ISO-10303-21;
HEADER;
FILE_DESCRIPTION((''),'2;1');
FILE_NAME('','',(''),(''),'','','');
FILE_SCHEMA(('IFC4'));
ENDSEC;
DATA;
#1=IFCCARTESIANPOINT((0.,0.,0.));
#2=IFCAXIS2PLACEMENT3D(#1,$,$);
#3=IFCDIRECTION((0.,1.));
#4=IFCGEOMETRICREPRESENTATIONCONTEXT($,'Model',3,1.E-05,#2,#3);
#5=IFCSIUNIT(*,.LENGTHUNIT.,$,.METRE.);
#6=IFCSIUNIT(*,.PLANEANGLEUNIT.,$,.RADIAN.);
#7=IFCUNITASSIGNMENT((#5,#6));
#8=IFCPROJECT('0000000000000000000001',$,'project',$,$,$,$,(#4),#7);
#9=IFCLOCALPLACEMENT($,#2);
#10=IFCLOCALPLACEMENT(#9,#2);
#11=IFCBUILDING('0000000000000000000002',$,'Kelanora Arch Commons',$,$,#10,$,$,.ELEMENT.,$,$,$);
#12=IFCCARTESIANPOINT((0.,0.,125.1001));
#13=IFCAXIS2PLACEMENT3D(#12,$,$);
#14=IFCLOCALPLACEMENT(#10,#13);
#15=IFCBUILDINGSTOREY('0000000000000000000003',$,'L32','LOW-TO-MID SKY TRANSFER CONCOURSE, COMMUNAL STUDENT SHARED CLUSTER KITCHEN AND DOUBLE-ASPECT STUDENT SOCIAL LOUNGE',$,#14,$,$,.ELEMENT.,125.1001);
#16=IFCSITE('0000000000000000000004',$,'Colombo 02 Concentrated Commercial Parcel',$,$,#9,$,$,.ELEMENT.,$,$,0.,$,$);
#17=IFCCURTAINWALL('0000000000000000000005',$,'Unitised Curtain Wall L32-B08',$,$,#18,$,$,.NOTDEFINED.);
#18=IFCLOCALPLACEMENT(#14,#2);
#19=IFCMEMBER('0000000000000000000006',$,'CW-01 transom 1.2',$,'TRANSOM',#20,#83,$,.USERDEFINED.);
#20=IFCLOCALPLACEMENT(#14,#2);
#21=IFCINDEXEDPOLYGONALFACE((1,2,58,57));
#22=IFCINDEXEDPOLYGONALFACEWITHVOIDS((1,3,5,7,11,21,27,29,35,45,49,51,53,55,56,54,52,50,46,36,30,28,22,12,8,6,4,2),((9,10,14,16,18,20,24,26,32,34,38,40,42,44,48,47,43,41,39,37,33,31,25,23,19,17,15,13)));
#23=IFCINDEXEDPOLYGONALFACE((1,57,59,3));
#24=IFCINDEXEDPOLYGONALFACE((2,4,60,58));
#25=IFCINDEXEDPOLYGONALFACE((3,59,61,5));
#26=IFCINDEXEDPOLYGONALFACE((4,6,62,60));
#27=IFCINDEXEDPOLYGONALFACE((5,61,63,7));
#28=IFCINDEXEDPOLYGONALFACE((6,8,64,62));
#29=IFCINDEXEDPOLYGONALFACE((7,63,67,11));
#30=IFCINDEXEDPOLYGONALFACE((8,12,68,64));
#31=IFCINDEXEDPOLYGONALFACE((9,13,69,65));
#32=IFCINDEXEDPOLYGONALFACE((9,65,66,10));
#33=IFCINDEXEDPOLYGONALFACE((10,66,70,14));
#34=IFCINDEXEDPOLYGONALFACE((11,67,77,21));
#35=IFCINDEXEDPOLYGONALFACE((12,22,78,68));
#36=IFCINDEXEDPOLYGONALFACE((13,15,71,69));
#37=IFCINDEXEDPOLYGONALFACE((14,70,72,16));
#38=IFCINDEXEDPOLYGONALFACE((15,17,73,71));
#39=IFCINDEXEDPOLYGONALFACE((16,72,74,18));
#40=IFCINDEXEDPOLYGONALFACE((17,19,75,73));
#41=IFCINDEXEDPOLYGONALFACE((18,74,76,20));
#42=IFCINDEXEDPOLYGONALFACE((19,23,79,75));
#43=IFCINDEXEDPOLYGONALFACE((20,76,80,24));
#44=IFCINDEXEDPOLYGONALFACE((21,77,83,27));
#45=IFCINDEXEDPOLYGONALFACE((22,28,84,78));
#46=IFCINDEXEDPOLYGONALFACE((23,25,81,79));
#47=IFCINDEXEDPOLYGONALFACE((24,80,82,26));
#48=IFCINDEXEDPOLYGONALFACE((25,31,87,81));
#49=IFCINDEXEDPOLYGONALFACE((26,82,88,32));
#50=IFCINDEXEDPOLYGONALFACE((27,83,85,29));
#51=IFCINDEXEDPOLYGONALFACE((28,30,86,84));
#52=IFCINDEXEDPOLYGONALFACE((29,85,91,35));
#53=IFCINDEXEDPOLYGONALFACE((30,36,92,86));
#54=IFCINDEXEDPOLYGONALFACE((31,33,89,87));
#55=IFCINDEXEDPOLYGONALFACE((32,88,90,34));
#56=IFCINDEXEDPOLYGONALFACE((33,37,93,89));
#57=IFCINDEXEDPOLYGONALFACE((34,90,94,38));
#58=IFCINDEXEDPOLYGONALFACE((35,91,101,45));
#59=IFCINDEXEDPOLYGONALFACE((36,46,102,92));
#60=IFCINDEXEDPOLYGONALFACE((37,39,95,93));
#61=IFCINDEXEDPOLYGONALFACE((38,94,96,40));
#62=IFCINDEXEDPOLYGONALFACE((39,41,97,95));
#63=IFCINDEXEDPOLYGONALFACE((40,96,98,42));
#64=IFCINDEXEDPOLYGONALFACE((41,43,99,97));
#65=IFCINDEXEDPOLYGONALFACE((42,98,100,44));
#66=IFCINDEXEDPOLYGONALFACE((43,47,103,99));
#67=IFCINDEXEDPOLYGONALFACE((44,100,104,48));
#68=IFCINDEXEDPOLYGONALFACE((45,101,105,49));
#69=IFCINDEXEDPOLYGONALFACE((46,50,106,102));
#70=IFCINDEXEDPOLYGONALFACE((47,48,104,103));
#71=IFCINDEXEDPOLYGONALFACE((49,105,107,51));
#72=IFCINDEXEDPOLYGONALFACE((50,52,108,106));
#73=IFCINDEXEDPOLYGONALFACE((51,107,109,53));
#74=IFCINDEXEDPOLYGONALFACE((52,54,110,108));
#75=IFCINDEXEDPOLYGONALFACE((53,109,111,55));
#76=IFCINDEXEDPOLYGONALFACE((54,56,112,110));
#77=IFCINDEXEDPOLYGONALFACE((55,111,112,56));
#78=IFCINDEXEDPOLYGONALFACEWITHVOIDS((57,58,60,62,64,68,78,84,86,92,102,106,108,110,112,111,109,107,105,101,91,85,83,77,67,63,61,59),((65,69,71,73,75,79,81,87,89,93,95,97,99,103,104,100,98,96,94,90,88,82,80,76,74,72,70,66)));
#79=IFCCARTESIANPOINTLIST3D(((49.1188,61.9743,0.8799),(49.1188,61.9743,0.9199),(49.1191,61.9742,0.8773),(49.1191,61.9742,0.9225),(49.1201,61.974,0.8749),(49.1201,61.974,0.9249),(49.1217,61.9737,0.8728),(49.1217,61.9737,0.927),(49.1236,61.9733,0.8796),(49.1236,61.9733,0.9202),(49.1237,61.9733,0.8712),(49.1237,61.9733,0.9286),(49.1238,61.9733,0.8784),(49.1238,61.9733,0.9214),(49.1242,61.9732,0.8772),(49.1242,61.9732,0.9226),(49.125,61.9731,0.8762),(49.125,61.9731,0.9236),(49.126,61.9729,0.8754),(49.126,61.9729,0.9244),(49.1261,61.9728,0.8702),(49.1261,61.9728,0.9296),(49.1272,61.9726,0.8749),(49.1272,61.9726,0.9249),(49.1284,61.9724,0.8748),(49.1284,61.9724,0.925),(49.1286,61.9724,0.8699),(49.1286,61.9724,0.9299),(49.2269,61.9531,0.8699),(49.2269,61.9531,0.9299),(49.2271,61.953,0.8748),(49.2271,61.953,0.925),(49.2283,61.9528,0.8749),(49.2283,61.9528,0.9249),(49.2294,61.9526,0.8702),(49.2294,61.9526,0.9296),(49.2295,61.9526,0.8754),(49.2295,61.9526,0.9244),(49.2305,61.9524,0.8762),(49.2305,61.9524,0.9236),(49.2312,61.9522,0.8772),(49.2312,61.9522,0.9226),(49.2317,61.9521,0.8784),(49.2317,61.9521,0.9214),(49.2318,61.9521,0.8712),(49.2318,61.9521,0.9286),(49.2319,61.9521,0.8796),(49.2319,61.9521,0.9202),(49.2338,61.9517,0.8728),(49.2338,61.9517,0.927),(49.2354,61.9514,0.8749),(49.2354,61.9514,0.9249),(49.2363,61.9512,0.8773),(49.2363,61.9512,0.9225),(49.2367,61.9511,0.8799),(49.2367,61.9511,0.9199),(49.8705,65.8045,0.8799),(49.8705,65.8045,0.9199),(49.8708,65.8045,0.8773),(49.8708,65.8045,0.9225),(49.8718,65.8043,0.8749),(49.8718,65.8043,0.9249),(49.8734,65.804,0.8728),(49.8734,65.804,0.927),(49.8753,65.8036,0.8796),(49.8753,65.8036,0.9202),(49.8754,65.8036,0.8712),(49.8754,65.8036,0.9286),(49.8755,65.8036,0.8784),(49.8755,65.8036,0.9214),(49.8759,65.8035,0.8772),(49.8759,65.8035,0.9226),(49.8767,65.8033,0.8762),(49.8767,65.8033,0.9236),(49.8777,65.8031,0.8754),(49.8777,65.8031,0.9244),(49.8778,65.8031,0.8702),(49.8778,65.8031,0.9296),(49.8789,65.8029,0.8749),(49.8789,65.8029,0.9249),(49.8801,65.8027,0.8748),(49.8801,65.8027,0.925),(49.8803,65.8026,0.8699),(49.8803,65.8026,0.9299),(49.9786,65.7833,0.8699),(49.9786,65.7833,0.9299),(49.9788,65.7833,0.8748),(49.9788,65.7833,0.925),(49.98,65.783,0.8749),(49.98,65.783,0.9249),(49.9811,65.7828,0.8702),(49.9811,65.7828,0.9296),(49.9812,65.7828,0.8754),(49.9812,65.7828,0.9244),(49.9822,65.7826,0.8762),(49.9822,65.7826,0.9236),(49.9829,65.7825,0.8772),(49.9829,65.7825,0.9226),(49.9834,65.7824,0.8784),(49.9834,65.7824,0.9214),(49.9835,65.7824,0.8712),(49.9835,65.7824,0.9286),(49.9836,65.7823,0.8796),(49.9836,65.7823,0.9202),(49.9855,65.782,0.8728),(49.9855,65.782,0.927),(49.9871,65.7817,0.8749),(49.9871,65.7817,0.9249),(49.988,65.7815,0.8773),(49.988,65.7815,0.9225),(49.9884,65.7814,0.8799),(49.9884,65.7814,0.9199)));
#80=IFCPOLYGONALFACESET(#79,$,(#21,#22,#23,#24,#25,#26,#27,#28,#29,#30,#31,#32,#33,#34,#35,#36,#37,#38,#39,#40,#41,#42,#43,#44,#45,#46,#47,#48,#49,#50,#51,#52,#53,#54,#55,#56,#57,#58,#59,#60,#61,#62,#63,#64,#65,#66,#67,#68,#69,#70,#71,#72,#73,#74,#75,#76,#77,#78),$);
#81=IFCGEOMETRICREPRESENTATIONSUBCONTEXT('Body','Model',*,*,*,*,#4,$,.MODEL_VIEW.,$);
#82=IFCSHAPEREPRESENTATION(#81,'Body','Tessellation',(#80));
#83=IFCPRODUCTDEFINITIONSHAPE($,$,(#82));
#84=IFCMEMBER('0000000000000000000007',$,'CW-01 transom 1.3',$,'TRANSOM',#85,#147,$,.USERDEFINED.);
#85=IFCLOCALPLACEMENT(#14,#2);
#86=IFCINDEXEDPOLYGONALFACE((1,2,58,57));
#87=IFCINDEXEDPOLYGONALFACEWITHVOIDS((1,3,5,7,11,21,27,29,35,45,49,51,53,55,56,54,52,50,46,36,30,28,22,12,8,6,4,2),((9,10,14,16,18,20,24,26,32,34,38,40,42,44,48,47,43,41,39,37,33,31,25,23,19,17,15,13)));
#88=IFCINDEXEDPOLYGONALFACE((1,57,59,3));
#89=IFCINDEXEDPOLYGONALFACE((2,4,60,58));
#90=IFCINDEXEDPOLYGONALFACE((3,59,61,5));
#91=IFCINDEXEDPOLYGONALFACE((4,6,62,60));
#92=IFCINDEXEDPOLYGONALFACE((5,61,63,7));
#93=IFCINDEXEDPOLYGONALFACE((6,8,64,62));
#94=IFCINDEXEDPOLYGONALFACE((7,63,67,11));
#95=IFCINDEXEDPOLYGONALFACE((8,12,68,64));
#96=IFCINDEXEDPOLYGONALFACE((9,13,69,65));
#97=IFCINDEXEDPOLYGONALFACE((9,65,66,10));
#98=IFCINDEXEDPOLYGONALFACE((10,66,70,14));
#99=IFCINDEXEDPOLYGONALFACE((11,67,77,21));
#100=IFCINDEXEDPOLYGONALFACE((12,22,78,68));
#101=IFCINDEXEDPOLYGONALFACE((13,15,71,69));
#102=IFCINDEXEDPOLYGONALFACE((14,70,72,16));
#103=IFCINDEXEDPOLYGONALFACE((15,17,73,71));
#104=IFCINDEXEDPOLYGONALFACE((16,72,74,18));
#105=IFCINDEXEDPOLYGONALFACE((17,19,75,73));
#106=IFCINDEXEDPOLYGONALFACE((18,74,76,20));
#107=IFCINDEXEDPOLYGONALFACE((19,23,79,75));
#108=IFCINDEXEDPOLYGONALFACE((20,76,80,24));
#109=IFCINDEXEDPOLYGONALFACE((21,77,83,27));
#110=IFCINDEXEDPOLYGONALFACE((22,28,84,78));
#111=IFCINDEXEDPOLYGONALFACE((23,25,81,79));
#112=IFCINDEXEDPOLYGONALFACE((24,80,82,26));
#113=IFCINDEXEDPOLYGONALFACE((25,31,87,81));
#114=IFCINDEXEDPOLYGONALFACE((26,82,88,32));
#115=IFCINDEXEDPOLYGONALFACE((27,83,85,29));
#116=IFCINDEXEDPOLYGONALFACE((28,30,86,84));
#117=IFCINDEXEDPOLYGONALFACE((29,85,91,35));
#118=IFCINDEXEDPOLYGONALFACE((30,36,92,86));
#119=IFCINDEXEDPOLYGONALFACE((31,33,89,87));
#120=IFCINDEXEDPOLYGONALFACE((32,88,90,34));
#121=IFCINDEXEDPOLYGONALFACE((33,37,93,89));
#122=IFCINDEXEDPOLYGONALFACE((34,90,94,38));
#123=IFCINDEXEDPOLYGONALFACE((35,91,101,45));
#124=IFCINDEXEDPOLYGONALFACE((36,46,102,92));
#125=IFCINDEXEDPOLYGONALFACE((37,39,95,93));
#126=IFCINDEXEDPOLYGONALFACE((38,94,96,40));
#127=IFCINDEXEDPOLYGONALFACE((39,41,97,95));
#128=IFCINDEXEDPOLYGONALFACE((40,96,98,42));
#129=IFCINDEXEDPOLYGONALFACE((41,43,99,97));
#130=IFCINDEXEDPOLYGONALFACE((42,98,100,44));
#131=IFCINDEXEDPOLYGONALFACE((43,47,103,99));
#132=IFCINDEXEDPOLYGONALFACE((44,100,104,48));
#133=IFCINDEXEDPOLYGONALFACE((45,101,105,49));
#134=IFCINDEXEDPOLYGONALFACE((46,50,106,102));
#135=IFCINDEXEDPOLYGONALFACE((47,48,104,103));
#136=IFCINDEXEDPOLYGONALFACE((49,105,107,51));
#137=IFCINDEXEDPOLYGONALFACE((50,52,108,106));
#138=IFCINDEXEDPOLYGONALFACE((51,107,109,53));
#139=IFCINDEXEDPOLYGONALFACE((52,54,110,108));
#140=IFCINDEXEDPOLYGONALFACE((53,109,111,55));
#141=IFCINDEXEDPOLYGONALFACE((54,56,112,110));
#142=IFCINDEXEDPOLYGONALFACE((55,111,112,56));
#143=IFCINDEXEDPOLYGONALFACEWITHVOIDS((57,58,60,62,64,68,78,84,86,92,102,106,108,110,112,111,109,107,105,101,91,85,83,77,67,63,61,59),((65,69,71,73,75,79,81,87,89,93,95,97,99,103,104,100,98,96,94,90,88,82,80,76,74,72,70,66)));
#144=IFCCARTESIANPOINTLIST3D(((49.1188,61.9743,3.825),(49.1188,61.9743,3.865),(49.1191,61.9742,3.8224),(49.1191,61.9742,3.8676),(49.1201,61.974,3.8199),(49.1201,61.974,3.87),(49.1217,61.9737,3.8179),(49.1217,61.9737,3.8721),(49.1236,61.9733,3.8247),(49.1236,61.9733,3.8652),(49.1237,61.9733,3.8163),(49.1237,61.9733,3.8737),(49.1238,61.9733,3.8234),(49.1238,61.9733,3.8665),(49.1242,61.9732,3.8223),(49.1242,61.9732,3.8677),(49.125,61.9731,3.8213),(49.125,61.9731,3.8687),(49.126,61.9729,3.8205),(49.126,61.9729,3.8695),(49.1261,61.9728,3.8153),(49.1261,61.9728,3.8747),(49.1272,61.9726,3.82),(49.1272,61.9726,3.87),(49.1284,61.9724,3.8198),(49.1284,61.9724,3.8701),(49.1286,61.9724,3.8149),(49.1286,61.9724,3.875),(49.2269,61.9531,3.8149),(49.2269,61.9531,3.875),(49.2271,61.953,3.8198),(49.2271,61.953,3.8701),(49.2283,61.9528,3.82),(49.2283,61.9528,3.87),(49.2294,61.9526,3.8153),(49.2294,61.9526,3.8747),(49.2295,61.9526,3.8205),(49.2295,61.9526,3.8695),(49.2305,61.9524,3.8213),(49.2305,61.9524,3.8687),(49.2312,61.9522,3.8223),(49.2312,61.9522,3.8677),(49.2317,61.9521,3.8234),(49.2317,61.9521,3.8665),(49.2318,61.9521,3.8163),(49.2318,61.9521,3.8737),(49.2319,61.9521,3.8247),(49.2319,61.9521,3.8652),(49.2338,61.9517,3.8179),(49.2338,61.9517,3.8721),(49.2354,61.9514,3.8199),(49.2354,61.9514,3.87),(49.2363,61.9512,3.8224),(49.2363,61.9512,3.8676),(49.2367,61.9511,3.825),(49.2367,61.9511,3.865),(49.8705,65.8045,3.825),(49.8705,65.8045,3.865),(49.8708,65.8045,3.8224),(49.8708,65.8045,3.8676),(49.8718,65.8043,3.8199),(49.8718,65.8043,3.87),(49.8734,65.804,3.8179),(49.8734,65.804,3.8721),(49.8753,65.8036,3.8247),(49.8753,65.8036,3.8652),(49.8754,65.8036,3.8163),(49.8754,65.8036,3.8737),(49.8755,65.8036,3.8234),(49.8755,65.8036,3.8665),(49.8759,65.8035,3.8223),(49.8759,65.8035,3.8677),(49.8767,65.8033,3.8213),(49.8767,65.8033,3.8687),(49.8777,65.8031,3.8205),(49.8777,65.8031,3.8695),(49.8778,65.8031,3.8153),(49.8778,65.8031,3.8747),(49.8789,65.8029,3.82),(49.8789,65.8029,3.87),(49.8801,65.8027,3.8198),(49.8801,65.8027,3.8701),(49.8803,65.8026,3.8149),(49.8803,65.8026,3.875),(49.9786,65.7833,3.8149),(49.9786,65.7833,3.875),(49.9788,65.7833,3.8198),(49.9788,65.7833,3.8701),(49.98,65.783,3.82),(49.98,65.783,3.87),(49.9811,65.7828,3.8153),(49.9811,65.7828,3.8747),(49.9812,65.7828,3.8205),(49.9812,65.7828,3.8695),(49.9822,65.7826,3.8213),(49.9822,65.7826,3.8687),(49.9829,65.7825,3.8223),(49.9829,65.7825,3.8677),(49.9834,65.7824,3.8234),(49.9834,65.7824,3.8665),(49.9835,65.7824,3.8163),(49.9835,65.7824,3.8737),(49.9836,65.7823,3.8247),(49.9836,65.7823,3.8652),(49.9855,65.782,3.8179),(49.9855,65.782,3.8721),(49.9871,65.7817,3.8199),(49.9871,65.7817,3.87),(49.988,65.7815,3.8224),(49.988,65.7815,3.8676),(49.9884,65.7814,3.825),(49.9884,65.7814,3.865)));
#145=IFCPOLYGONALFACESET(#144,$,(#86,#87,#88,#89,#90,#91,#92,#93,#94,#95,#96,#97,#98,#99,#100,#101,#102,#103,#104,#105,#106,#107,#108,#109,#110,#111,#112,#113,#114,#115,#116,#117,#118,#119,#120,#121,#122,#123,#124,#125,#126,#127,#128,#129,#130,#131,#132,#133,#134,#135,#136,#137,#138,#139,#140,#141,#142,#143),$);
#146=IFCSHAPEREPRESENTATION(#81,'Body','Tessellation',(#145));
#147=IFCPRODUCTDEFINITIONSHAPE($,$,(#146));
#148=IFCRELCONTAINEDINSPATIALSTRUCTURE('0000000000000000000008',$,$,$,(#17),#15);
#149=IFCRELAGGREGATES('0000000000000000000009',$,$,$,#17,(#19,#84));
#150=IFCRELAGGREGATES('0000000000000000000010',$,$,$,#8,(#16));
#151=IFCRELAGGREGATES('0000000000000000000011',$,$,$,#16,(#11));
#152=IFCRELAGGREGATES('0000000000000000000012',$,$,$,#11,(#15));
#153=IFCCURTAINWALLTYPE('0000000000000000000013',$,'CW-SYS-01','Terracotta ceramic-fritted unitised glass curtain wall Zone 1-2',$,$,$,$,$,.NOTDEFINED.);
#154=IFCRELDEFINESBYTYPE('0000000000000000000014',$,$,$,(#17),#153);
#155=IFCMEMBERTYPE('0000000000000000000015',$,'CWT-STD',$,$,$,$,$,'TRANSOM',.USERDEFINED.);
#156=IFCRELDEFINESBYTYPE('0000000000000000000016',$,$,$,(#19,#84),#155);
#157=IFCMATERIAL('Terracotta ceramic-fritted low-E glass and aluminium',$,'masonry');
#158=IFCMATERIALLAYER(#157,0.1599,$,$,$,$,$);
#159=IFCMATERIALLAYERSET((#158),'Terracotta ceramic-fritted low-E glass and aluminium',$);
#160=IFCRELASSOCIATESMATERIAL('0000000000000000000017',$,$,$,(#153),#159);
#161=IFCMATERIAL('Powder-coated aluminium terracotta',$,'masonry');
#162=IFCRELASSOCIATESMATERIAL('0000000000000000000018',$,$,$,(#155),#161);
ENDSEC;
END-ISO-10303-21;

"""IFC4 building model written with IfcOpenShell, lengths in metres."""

from ifc_helpers import new_model, si_unit, direction, frame, origin, origin_2d, place, context, subcontext, project, spatial, hollow_rectangle, extrude, material, layer, layer_set, material_profile, profile_set, type_object, element, aggregate, save


model = new_model("IFC4")

# Units and contexts
model_context = context("Model", 3, precision=1e-05, world=origin(), true_north=direction((0.0, 1.0)))
body_context = subcontext(model_context, "Body", "Model", "MODEL_VIEW")
ifc_project = project(units=[si_unit("LENGTHUNIT", "METRE"), si_unit("PLANEANGLEUNIT", "RADIAN")], contexts=[model_context])

# Site, building, storey
site_placement = place(None, origin())
site = spatial("IfcSite", under=ifc_project, at=site_placement, Name="Colombo 02 Concentrated Commercial Parcel", CompositionType="ELEMENT", RefElevation=0.0)
building_placement = place(site_placement, origin())
building = spatial("IfcBuilding", under=site, at=building_placement, Name="Kelanora Arch Commons", CompositionType="ELEMENT")
storey_placement = place(building_placement, frame((0.0, 0.0, 125.1001)))
storey = spatial("IfcBuildingStorey", under=building, at=storey_placement, Name="L32", Description="LOW-TO-MID SKY TRANSFER CONCOURSE, COMMUNAL STUDENT SHARED CLUSTER KITCHEN AND DOUBLE-ASPECT STUDENT SOCIAL LOUNGE", CompositionType="ELEMENT", Elevation=125.1001)

# Curtain wall, members
ifc_material_1 = material(Name="Terracotta ceramic-fritted low-E glass and aluminium", Category="masonry")
ifc_layer_1 = layer(ifc_material_1, 0.1599)
ifc_layer_set_1 = layer_set([ifc_layer_1], Name="Terracotta ceramic-fritted low-E glass and aluminium")
curtain_wall_type = type_object("IfcCurtainWallType", Name="CW-SYS-01", Description="Terracotta ceramic-fritted unitised glass curtain wall Zone 1-2", PredefinedType="NOTDEFINED", material=ifc_layer_set_1)
curtain_wall_placement = place(storey_placement, origin())
curtain_wall = element("IfcCurtainWall", 1, at=curtain_wall_placement, inside=storey, type_object=curtain_wall_type, Name="Unitised Curtain Wall L32-B08", PredefinedType="NOTDEFINED")
ifc_material_2 = material(Name="Powder-coated aluminium terracotta", Category="masonry")
ifc_material_profile_1 = material_profile(ifc_material_2, hollow_rectangle(XDim=0.1201, YDim=0.0601, WallThickness=0.0049, InnerFilletRadius=0.0049, OuterFilletRadius=0.01, at=origin_2d()), Name="CWT120x60")
ifc_profile_set_1 = profile_set([ifc_material_profile_1], Name="Powder-coated aluminium terracotta")
member_type_1 = type_object("IfcMemberType", Name="CWT-STD", ElementType="TRANSOM", PredefinedType="USERDEFINED", material=ifc_profile_set_1)
member_1_placement = place(storey_placement, frame((49.9294, 65.793, 0.8999), z_axis=(-0.192579, -0.981282, 0.0), x_axis=(0.981282, -0.192579, 0.0)))
member_1 = element("IfcMember", 2, at=member_1_placement, type_object=member_type_1, Name="CW-01 transom 1.2", ObjectType="TRANSOM", PredefinedType="USERDEFINED", context=body_context, shape_type="SweptSolid", body=[
    extrude(hollow_rectangle(XDim=0.1201, YDim=0.0601, WallThickness=0.0049, InnerFilletRadius=0.0049, OuterFilletRadius=0.01, at=origin_2d()), origin(), (0.0, 0.0, 1.0), 3.9033),
])
member_2_placement = place(storey_placement, frame((49.9294, 65.793, 3.845), z_axis=(-0.192579, -0.981282, 0.0), x_axis=(0.981282, -0.192579, 0.0)))
member_2 = element("IfcMember", 3, at=member_2_placement, type_object=member_type_1, Name="CW-01 transom 1.3", ObjectType="TRANSOM", PredefinedType="USERDEFINED", context=body_context, shape_type="SweptSolid", body=[
    extrude(hollow_rectangle(XDim=0.1201, YDim=0.0601, WallThickness=0.0049, InnerFilletRadius=0.0049, OuterFilletRadius=0.01, at=origin_2d()), origin(), (0.0, 0.0, 1.0), 3.9033),
])
aggregate(curtain_wall, [member_1, member_2])

save(model, "model.ifc")
